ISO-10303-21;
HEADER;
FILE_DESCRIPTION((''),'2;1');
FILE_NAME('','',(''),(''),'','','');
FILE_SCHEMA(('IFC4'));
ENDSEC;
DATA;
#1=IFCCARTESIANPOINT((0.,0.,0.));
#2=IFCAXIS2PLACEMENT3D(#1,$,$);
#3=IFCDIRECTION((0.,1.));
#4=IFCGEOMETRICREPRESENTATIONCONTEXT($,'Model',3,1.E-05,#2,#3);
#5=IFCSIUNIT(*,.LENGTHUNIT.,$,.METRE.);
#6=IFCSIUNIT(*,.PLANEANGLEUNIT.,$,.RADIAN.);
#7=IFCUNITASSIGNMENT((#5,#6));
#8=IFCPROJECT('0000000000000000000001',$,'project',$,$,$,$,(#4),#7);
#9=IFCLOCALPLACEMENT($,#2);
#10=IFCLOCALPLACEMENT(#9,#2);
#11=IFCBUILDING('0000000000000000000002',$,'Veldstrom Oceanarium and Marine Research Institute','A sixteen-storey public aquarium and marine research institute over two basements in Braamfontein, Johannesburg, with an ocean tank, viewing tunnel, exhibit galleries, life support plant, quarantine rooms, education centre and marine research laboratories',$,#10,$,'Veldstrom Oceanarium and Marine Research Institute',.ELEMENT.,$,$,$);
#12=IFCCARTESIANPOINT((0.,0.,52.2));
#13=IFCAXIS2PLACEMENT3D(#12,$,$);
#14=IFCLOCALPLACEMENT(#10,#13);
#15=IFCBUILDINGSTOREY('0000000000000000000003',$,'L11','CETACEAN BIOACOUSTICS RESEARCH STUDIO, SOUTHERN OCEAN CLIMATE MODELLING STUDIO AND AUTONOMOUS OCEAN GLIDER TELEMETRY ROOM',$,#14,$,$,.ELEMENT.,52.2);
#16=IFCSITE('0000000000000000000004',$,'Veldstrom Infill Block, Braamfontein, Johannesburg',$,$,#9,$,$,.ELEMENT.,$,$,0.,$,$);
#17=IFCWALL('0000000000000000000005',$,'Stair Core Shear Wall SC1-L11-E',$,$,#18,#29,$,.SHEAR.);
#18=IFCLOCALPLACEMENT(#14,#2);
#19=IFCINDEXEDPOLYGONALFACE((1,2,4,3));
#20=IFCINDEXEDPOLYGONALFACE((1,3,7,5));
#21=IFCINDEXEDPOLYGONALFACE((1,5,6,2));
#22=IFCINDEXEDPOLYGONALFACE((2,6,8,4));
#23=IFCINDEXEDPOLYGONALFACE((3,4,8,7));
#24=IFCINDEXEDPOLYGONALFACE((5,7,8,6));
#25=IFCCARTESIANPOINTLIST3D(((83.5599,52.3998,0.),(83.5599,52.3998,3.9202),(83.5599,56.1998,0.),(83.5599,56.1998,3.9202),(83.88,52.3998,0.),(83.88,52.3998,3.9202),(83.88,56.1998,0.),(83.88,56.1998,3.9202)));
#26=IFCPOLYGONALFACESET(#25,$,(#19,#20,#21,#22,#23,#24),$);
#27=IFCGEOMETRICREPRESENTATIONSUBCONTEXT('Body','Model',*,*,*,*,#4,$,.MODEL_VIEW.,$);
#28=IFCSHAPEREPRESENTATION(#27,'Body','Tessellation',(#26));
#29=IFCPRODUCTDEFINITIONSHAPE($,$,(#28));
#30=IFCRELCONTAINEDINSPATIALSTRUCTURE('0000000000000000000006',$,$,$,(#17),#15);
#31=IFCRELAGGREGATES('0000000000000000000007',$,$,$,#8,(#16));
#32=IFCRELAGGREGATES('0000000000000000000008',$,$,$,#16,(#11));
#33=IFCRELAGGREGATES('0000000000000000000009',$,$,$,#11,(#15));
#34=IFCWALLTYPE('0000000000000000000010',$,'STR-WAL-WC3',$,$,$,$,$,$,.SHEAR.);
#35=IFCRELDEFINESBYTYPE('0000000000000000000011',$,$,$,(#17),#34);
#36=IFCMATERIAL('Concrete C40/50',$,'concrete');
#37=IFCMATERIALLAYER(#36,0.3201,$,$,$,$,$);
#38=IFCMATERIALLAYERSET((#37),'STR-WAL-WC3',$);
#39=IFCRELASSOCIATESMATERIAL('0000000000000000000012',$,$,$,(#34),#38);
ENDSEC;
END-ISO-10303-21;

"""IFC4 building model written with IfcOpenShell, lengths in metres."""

from ifc_helpers import new_model, si_unit, direction, frame, frame_2d, origin, place, context, subcontext, project, spatial, rectangle, extrude, material, layer, layer_set, type_object, element, save


model = new_model("IFC4")

# Units and contexts
model_context = context("Model", 3, precision=1e-05, world=origin(), true_north=direction((0.0, 1.0)))
body_context = subcontext(model_context, "Body", "Model", "MODEL_VIEW")
ifc_project = project(units=[si_unit("LENGTHUNIT", "METRE"), si_unit("PLANEANGLEUNIT", "RADIAN")], contexts=[model_context])

# Site, building, storey
site_placement = place(None, origin())
site = spatial("IfcSite", under=ifc_project, at=site_placement, Name="Veldstrom Infill Block, Braamfontein, Johannesburg", CompositionType="ELEMENT", RefElevation=0.0)
building_placement = place(site_placement, origin())
building = spatial("IfcBuilding", under=site, at=building_placement, Name="Veldstrom Oceanarium and Marine Research Institute", Description="A sixteen-storey public aquarium and marine research institute over two basements in Braamfontein, Johannesburg, with an ocean tank, viewing tunnel, exhibit galleries, life support plant, quarantine rooms, education centre and marine research laboratories", LongName="Veldstrom Oceanarium and Marine Research Institute", CompositionType="ELEMENT")
storey_placement = place(building_placement, frame((0.0, 0.0, 52.2)))
storey = spatial("IfcBuildingStorey", under=building, at=storey_placement, Name="L11", Description="CETACEAN BIOACOUSTICS RESEARCH STUDIO, SOUTHERN OCEAN CLIMATE MODELLING STUDIO AND AUTONOMOUS OCEAN GLIDER TELEMETRY ROOM", CompositionType="ELEMENT", Elevation=52.2)

# Wall
ifc_material_1 = material(Name="Concrete C40/50", Category="concrete")
ifc_layer_1 = layer(ifc_material_1, 0.3201)
ifc_layer_set_1 = layer_set([ifc_layer_1], Name="STR-WAL-WC3")
wall_type_1 = type_object("IfcWallType", Name="STR-WAL-WC3", PredefinedType="SHEAR", material=ifc_layer_set_1)
wall_1_placement = place(storey_placement, frame((83.72, 52.3999, 0.0), z_axis=(0.0, 0.0, 1.0), x_axis=(0.0, 1.0, 0.0)))
element("IfcWall", 1, at=wall_1_placement, inside=storey, type_object=wall_type_1, Name="Stair Core Shear Wall SC1-L11-E", PredefinedType="SHEAR", context=body_context, shape_type="SweptSolid", body=[
    extrude(rectangle(XDim=3.8, YDim=0.3201, at=frame_2d((1.8999, 0.0))), origin(), (0.0, 0.0, 1.0), 3.9202),
])

save(model, "model.ifc")
